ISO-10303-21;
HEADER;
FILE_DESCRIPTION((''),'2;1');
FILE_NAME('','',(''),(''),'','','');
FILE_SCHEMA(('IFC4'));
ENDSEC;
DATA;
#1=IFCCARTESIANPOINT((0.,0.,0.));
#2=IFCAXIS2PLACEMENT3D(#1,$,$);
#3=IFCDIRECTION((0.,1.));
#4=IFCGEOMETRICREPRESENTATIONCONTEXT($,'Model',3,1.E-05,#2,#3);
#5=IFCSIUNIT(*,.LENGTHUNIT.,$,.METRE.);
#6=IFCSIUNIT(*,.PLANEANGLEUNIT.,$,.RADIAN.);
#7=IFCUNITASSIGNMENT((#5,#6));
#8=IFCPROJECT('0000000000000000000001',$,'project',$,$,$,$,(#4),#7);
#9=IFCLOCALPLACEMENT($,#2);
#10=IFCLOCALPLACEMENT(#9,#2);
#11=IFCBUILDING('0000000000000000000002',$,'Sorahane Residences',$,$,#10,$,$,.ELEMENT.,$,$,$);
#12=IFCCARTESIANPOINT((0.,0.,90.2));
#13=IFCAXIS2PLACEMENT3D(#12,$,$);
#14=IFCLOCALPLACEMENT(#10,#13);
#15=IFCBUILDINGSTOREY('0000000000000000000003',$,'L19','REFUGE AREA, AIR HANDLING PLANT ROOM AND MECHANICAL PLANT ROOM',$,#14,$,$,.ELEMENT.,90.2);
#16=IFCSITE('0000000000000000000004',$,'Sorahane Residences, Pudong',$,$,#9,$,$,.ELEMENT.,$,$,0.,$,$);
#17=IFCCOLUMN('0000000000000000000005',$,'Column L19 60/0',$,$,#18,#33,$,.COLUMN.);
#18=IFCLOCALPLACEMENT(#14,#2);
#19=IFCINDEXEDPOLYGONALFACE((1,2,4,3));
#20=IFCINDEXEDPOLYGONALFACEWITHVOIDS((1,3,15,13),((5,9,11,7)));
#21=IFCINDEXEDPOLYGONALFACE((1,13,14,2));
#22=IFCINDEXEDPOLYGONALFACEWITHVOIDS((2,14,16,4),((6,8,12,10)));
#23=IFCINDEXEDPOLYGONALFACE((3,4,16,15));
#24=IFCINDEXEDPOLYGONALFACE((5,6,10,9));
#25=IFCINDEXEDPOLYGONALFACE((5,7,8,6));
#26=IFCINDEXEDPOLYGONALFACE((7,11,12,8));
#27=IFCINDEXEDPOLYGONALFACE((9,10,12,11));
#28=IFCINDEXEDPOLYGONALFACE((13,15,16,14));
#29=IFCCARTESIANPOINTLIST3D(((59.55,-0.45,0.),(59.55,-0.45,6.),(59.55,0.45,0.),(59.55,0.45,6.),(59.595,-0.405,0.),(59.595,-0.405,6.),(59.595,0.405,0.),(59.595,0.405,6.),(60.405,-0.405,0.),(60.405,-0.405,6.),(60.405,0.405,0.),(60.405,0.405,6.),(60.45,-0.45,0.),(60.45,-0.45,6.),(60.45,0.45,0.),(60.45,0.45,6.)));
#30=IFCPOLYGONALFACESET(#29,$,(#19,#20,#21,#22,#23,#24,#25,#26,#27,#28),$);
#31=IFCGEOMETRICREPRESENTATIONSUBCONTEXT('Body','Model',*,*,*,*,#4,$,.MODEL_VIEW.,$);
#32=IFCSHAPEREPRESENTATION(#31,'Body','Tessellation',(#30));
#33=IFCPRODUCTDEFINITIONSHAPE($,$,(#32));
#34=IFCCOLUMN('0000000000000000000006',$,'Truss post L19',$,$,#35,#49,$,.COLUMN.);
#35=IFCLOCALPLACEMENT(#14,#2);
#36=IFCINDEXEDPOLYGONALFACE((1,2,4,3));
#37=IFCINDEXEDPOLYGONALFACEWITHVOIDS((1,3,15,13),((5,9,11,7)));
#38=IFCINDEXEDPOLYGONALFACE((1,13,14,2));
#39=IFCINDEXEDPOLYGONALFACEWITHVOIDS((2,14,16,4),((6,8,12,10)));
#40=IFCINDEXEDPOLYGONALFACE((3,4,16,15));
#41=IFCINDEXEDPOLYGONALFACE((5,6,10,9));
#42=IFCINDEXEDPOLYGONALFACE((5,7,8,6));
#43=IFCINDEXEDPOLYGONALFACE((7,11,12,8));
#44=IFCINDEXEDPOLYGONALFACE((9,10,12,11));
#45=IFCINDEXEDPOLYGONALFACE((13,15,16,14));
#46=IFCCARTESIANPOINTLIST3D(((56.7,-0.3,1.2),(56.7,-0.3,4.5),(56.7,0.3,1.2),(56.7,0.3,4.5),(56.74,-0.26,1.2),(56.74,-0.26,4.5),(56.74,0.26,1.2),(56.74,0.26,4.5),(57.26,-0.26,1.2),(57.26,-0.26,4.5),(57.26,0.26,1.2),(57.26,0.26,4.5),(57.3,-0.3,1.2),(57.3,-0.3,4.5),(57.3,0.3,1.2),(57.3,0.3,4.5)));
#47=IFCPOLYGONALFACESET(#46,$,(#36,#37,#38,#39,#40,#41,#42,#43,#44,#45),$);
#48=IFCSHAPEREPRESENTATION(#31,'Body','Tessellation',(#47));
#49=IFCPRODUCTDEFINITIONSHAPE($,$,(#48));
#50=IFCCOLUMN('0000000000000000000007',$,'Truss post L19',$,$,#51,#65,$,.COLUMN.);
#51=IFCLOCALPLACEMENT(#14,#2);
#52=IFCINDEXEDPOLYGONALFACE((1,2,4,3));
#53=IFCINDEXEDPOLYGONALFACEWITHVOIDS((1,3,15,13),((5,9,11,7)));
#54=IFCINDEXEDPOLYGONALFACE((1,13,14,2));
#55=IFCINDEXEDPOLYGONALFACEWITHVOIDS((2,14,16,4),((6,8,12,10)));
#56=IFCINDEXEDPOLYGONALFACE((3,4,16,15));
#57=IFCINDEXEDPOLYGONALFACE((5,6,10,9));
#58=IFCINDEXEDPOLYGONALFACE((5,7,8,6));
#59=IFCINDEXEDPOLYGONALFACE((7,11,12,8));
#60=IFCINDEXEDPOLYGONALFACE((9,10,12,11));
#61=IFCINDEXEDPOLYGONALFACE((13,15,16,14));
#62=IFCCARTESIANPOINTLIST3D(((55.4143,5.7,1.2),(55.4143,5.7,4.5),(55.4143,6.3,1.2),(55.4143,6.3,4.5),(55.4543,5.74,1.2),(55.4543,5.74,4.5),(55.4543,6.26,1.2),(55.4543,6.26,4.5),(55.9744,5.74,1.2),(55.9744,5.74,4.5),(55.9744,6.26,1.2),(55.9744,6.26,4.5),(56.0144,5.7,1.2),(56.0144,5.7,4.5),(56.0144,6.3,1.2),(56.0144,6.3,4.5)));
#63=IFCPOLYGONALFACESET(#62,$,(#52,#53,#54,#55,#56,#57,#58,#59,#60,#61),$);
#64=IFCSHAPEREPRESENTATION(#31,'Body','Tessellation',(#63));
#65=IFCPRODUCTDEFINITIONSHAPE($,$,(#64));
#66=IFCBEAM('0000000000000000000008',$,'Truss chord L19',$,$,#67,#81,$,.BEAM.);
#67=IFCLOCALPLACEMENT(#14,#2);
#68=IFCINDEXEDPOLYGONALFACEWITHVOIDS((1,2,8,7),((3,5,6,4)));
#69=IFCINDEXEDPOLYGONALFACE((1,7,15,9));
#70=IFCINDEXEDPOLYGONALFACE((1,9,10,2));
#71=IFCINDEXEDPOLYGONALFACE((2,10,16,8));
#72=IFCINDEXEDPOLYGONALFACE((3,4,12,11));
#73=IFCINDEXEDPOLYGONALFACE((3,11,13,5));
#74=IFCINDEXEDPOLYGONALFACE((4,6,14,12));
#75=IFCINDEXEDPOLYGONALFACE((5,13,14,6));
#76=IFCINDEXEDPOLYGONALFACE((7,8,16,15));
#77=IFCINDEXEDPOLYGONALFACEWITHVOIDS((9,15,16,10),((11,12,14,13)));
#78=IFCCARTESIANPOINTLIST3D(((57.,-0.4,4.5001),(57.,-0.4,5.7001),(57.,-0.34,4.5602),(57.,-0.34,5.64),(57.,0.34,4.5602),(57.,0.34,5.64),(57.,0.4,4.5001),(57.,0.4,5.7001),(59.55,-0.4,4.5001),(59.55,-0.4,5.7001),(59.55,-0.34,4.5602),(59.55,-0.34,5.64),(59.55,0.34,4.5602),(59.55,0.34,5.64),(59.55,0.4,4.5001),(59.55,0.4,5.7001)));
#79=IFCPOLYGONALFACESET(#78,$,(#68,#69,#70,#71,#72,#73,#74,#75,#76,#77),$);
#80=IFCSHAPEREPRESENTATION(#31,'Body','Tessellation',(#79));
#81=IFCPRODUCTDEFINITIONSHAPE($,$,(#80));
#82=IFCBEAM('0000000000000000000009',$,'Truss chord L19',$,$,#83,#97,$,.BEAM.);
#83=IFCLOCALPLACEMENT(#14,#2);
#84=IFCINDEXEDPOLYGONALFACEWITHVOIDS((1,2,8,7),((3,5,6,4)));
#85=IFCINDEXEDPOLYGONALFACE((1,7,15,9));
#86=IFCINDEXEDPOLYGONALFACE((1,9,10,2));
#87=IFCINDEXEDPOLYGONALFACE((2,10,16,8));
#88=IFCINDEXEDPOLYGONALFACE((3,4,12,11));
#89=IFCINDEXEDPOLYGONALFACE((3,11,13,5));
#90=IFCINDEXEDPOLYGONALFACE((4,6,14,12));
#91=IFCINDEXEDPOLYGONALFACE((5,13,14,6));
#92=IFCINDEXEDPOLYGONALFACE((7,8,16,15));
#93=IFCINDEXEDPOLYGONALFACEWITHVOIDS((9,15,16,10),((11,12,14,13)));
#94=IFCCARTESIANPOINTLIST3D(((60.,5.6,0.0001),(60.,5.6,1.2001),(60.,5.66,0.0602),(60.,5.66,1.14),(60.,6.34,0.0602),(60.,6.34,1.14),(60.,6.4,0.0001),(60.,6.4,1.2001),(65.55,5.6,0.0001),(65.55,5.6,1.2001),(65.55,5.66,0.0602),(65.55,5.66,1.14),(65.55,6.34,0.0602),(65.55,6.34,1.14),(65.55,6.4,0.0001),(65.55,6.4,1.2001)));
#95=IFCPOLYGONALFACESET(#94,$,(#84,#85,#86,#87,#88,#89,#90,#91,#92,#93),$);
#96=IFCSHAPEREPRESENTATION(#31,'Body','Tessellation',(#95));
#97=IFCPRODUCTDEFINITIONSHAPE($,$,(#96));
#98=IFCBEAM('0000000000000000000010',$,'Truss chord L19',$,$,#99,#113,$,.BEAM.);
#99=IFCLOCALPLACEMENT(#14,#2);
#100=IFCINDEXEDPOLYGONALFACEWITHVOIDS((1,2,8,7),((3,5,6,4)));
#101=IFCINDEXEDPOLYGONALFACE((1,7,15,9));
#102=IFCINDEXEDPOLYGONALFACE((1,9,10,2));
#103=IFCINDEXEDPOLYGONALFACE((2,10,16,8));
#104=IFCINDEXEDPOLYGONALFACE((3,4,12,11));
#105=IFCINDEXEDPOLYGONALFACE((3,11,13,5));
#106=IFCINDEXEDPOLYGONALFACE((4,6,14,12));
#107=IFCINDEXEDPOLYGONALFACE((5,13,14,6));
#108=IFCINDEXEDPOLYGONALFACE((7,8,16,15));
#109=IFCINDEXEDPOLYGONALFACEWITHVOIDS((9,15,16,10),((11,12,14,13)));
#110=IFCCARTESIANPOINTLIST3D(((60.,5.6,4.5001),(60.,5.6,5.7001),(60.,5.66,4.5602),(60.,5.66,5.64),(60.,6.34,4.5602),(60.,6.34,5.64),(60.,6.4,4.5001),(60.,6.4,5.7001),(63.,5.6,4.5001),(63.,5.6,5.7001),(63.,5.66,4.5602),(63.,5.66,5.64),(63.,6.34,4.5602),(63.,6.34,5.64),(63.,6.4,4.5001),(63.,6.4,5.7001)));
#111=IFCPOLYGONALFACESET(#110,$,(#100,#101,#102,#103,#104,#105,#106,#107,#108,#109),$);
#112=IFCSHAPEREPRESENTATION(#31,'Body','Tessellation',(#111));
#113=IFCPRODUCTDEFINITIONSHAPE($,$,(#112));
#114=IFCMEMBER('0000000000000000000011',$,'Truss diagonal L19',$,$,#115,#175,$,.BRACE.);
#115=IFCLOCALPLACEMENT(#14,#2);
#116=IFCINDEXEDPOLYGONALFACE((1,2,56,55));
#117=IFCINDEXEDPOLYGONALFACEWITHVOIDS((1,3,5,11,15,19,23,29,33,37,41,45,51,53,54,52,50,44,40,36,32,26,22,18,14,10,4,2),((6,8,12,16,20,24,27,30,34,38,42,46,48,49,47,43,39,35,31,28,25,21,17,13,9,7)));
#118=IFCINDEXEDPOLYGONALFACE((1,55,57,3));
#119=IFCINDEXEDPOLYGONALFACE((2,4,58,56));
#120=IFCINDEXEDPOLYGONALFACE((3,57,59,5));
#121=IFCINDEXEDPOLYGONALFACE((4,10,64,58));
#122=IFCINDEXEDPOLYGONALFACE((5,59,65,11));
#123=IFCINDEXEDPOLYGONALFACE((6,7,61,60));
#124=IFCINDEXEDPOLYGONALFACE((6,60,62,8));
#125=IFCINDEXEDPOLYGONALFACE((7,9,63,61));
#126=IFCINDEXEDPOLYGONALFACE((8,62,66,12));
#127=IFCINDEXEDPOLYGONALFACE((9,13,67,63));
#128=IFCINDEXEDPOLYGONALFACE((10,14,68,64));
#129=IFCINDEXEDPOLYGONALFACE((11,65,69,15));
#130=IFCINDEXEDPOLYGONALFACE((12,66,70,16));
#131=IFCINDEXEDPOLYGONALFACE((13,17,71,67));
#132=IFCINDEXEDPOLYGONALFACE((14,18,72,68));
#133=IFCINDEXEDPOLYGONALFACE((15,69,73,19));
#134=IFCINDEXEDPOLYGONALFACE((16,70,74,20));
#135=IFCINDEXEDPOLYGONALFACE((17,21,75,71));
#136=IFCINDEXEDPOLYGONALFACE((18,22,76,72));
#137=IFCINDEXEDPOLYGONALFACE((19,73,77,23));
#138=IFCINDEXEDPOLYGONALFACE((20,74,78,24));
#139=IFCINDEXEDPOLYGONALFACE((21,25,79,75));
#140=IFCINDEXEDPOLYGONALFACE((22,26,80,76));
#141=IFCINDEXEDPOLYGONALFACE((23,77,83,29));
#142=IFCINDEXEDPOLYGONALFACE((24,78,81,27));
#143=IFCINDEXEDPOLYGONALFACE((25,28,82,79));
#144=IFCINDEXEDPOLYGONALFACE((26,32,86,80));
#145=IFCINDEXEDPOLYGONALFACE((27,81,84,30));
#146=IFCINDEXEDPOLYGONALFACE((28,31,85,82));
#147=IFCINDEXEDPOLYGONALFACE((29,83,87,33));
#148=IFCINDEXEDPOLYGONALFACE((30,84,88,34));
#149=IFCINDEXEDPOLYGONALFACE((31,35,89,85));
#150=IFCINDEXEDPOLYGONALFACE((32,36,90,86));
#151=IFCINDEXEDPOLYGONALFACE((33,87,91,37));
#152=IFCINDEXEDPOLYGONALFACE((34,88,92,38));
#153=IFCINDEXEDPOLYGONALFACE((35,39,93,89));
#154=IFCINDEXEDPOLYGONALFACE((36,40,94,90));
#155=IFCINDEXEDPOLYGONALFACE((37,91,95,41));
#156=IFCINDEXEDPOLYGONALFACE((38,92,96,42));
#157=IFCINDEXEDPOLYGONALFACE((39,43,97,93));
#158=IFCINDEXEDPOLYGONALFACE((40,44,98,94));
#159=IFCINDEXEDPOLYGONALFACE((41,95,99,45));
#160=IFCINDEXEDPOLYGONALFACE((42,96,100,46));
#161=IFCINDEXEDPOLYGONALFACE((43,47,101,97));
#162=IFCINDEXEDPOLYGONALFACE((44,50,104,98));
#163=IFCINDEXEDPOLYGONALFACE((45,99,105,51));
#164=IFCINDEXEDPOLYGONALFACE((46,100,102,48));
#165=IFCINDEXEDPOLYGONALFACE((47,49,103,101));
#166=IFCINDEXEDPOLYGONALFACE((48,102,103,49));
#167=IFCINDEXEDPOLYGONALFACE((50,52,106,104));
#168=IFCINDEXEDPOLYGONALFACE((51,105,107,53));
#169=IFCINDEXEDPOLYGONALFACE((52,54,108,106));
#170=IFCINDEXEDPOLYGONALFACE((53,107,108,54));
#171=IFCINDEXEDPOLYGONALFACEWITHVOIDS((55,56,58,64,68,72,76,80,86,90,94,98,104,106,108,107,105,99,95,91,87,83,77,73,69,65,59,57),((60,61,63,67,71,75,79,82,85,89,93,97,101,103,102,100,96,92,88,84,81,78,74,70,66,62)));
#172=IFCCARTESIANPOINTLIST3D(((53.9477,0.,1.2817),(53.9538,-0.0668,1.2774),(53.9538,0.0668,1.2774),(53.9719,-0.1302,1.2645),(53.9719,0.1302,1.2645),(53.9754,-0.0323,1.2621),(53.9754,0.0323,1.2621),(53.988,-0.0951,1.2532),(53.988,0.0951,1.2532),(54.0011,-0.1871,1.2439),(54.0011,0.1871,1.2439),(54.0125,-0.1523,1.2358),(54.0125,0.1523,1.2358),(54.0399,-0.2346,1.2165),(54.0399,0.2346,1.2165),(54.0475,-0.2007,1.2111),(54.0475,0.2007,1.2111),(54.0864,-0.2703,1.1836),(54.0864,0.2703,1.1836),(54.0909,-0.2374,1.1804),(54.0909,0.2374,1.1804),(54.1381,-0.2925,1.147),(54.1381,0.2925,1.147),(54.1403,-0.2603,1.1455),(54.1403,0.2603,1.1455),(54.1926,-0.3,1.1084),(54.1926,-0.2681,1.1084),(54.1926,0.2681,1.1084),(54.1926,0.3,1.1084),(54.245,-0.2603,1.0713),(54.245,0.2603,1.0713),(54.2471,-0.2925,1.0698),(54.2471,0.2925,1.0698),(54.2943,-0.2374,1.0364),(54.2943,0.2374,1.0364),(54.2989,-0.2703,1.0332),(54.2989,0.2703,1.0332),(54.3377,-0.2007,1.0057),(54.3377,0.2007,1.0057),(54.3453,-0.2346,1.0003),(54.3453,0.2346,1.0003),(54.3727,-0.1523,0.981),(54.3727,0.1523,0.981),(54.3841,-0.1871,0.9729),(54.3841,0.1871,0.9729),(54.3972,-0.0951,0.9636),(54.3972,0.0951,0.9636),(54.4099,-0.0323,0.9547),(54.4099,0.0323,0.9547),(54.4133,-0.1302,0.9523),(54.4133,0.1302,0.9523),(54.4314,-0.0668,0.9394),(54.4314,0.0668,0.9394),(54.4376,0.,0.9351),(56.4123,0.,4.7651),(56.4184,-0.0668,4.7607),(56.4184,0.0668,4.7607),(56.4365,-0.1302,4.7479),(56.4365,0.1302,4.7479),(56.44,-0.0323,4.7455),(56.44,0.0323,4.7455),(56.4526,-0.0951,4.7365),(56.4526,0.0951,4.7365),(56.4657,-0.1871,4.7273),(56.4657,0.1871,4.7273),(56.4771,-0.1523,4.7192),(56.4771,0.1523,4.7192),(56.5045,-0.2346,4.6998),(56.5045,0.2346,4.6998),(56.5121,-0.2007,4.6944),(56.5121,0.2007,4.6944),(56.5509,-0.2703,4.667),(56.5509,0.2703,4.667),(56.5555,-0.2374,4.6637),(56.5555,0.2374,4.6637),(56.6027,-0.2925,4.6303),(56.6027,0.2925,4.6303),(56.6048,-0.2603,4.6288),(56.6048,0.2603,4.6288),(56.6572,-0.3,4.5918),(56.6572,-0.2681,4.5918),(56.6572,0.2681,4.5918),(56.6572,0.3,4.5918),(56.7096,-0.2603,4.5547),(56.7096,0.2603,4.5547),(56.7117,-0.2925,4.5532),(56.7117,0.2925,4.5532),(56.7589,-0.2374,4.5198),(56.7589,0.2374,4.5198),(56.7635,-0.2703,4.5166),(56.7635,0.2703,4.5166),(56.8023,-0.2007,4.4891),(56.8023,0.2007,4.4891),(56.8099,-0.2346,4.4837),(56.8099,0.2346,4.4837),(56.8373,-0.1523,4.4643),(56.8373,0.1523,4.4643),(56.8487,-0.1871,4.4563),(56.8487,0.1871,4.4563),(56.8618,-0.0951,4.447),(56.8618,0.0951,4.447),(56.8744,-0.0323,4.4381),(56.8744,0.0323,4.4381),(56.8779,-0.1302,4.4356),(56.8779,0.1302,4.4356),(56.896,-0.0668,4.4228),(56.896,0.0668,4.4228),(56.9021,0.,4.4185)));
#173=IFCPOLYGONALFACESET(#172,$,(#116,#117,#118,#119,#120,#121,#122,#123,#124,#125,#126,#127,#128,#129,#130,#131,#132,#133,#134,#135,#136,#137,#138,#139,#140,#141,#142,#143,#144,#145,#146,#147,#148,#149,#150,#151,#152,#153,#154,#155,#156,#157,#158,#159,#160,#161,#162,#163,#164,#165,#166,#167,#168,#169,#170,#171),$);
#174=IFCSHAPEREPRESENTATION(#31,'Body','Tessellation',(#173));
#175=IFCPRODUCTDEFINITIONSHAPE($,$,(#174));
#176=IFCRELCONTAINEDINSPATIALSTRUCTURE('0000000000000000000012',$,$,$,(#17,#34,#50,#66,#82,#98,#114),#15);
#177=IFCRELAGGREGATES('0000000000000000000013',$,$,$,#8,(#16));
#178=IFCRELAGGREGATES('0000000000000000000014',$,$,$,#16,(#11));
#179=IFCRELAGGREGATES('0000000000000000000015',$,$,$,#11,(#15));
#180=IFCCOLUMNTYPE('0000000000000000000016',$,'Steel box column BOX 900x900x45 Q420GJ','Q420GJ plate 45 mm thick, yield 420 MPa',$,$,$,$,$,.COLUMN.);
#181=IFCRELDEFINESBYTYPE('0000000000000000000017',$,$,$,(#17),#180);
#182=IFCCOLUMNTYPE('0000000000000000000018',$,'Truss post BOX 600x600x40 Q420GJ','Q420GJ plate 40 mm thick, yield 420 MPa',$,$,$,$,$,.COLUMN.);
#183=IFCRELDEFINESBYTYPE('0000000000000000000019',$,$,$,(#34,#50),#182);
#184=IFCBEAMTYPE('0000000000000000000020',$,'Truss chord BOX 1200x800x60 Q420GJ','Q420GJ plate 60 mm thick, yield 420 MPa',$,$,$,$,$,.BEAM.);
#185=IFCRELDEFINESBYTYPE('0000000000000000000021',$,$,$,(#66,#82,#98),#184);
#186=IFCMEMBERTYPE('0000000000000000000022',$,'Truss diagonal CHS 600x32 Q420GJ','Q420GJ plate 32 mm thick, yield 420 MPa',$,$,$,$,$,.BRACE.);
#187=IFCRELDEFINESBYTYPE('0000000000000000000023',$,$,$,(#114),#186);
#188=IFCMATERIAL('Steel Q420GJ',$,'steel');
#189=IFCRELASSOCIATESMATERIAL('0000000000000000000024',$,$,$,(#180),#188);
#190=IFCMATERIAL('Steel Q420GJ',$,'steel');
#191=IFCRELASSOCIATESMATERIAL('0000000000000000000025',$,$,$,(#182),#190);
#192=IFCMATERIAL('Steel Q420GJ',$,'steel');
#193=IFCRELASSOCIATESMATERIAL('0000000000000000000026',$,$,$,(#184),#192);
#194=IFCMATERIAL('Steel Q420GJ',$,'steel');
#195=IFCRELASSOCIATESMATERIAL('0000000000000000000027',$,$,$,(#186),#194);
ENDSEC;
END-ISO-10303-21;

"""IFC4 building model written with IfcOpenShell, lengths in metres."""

from ifc_helpers import new_model, si_unit, direction, frame, origin, origin_2d, place, context, subcontext, project, spatial, hollow_rectangle, hollow_circle, extrude, material, material_profile, profile_set, type_object, element, save


model = new_model("IFC4")

# Units and contexts
model_context = context("Model", 3, precision=1e-05, world=origin(), true_north=direction((0.0, 1.0)))
body_context = subcontext(model_context, "Body", "Model", "MODEL_VIEW")
ifc_project = project(units=[si_unit("LENGTHUNIT", "METRE"), si_unit("PLANEANGLEUNIT", "RADIAN")], contexts=[model_context])

# Site, building, storey
site_placement = place(None, origin())
site = spatial("IfcSite", under=ifc_project, at=site_placement, Name="Sorahane Residences, Pudong", CompositionType="ELEMENT", RefElevation=0.0)
building_placement = place(site_placement, origin())
building = spatial("IfcBuilding", under=site, at=building_placement, Name="Sorahane Residences", CompositionType="ELEMENT")
storey_placement = place(building_placement, frame((0.0, 0.0, 90.2)))
storey = spatial("IfcBuildingStorey", under=building, at=storey_placement, Name="L19", Description="REFUGE AREA, AIR HANDLING PLANT ROOM AND MECHANICAL PLANT ROOM", CompositionType="ELEMENT", Elevation=90.2)

# Columns
ifc_material_1 = material(Name="Steel Q420GJ", Category="steel")
ifc_material_profile_1 = material_profile(ifc_material_1, hollow_rectangle(XDim=0.8999, YDim=0.8999, WallThickness=0.0449, at=origin_2d()), Name="BOX 900x900x45")
ifc_profile_set_1 = profile_set([ifc_material_profile_1], Name="Steel Q420GJ")
column_type_1 = type_object("IfcColumnType", Name="Steel box column BOX 900x900x45 Q420GJ", Description="Q420GJ plate 45 mm thick, yield 420 MPa", PredefinedType="COLUMN", material=ifc_profile_set_1)
column_placement = place(storey_placement, frame((60.0, 0.0, 0.0), z_axis=(0.0, 0.0, 1.0), x_axis=(1.0, 0.0, 0.0)))
element("IfcColumn", 1, at=column_placement, inside=storey, type_object=column_type_1, Name="Column L19 60/0", PredefinedType="COLUMN", context=body_context, shape_type="SweptSolid", body=[
    extrude(hollow_rectangle(XDim=0.8999, YDim=0.8999, WallThickness=0.0449, at=origin_2d()), origin(), (0.0, 0.0, 1.0), 6.0),
])
ifc_material_2 = material(Name="Steel Q420GJ", Category="steel")
ifc_material_profile_2 = material_profile(ifc_material_2, hollow_rectangle(XDim=0.6001, YDim=0.6001, WallThickness=0.04, at=origin_2d()), Name="BOX 600x600x40")
ifc_profile_set_2 = profile_set([ifc_material_profile_2], Name="Steel Q420GJ")
column_type_2 = type_object("IfcColumnType", Name="Truss post BOX 600x600x40 Q420GJ", Description="Q420GJ plate 40 mm thick, yield 420 MPa", PredefinedType="COLUMN", material=ifc_profile_set_2)
for number, where, z_axis, x_axis, name in (
    (2, (57.0, 0.0, 1.2), (0.0, 0.0, 1.0), (1.0, 0.0, 0.0), "Truss post L19"),
    (3, (55.7144, 6.0, 1.2), (0.0, 0.0, 1.0), (1.0, 0.0, 0.0), "Truss post L19"),
):
    element("IfcColumn", number, at=place(storey_placement, frame(where, z_axis=z_axis, x_axis=x_axis)), inside=storey, type_object=column_type_2, Name=name, PredefinedType="COLUMN", context=body_context, shape_type="SweptSolid", body=[
        extrude(hollow_rectangle(XDim=0.6001, YDim=0.6001, WallThickness=0.04, at=origin_2d()), origin(), (0.0, 0.0, 1.0), 3.3),
    ])

# Beams
ifc_material_3 = material(Name="Steel Q420GJ", Category="steel")
ifc_material_profile_3 = material_profile(ifc_material_3, hollow_rectangle(XDim=0.8, YDim=1.2, WallThickness=0.0601, at=origin_2d()), Name="BOX 1200x800x60")
ifc_profile_set_3 = profile_set([ifc_material_profile_3], Name="Steel Q420GJ")
beam_type = type_object("IfcBeamType", Name="Truss chord BOX 1200x800x60 Q420GJ", Description="Q420GJ plate 60 mm thick, yield 420 MPa", PredefinedType="BEAM", material=ifc_profile_set_3)
beam_1_placement = place(storey_placement, frame((57.0, 0.0, 5.1001), z_axis=(1.0, 0.0, 0.0), x_axis=(0.0, 1.0, 0.0)))
element("IfcBeam", 4, at=beam_1_placement, inside=storey, type_object=beam_type, Name="Truss chord L19", PredefinedType="BEAM", context=body_context, shape_type="SweptSolid", body=[
    extrude(hollow_rectangle(XDim=0.8, YDim=1.2, WallThickness=0.0601, at=origin_2d()), origin(), (0.0, 0.0, 1.0), 2.55),
])
beam_2_placement = place(storey_placement, frame((60.0, 6.0, 0.6001), z_axis=(1.0, 0.0, 0.0), x_axis=(0.0, 1.0, 0.0)))
element("IfcBeam", 5, at=beam_2_placement, inside=storey, type_object=beam_type, Name="Truss chord L19", PredefinedType="BEAM", context=body_context, shape_type="SweptSolid", body=[
    extrude(hollow_rectangle(XDim=0.8, YDim=1.2, WallThickness=0.0601, at=origin_2d()), origin(), (0.0, 0.0, 1.0), 5.55),
])
beam_3_placement = place(storey_placement, frame((60.0, 6.0, 5.1001), z_axis=(1.0, 0.0, 0.0), x_axis=(0.0, 1.0, 0.0)))
element("IfcBeam", 6, at=beam_3_placement, inside=storey, type_object=beam_type, Name="Truss chord L19", PredefinedType="BEAM", context=body_context, shape_type="SweptSolid", body=[
    extrude(hollow_rectangle(XDim=0.8, YDim=1.2, WallThickness=0.0601, at=origin_2d()), origin(), (0.0, 0.0, 1.0), 3.0),
])

# Member
ifc_material_4 = material(Name="Steel Q420GJ", Category="steel")
ifc_material_profile_4 = material_profile(ifc_material_4, hollow_circle(Radius=0.3, WallThickness=0.032, at=origin_2d()), Name="CHS 600x32")
ifc_profile_set_4 = profile_set([ifc_material_profile_4], Name="Steel Q420GJ")
member_type = type_object("IfcMemberType", Name="Truss diagonal CHS 600x32 Q420GJ", Description="Q420GJ plate 32 mm thick, yield 420 MPa", PredefinedType="BRACE", material=ifc_profile_set_4)
member_1_placement = place(storey_placement, frame((54.1926, 0.0, 1.1084), z_axis=(0.577579, 0.0, 0.816335), x_axis=(0.0, 1.0, 0.0)))
element("IfcMember", 7, at=member_1_placement, inside=storey, type_object=member_type, Name="Truss diagonal L19", PredefinedType="BRACE", context=body_context, shape_type="SweptSolid", body=[
    extrude(hollow_circle(Radius=0.3, WallThickness=0.032, at=origin_2d()), origin(), (0.0, 0.0, 1.0), 4.2671),
])

save(model, "model.ifc")
